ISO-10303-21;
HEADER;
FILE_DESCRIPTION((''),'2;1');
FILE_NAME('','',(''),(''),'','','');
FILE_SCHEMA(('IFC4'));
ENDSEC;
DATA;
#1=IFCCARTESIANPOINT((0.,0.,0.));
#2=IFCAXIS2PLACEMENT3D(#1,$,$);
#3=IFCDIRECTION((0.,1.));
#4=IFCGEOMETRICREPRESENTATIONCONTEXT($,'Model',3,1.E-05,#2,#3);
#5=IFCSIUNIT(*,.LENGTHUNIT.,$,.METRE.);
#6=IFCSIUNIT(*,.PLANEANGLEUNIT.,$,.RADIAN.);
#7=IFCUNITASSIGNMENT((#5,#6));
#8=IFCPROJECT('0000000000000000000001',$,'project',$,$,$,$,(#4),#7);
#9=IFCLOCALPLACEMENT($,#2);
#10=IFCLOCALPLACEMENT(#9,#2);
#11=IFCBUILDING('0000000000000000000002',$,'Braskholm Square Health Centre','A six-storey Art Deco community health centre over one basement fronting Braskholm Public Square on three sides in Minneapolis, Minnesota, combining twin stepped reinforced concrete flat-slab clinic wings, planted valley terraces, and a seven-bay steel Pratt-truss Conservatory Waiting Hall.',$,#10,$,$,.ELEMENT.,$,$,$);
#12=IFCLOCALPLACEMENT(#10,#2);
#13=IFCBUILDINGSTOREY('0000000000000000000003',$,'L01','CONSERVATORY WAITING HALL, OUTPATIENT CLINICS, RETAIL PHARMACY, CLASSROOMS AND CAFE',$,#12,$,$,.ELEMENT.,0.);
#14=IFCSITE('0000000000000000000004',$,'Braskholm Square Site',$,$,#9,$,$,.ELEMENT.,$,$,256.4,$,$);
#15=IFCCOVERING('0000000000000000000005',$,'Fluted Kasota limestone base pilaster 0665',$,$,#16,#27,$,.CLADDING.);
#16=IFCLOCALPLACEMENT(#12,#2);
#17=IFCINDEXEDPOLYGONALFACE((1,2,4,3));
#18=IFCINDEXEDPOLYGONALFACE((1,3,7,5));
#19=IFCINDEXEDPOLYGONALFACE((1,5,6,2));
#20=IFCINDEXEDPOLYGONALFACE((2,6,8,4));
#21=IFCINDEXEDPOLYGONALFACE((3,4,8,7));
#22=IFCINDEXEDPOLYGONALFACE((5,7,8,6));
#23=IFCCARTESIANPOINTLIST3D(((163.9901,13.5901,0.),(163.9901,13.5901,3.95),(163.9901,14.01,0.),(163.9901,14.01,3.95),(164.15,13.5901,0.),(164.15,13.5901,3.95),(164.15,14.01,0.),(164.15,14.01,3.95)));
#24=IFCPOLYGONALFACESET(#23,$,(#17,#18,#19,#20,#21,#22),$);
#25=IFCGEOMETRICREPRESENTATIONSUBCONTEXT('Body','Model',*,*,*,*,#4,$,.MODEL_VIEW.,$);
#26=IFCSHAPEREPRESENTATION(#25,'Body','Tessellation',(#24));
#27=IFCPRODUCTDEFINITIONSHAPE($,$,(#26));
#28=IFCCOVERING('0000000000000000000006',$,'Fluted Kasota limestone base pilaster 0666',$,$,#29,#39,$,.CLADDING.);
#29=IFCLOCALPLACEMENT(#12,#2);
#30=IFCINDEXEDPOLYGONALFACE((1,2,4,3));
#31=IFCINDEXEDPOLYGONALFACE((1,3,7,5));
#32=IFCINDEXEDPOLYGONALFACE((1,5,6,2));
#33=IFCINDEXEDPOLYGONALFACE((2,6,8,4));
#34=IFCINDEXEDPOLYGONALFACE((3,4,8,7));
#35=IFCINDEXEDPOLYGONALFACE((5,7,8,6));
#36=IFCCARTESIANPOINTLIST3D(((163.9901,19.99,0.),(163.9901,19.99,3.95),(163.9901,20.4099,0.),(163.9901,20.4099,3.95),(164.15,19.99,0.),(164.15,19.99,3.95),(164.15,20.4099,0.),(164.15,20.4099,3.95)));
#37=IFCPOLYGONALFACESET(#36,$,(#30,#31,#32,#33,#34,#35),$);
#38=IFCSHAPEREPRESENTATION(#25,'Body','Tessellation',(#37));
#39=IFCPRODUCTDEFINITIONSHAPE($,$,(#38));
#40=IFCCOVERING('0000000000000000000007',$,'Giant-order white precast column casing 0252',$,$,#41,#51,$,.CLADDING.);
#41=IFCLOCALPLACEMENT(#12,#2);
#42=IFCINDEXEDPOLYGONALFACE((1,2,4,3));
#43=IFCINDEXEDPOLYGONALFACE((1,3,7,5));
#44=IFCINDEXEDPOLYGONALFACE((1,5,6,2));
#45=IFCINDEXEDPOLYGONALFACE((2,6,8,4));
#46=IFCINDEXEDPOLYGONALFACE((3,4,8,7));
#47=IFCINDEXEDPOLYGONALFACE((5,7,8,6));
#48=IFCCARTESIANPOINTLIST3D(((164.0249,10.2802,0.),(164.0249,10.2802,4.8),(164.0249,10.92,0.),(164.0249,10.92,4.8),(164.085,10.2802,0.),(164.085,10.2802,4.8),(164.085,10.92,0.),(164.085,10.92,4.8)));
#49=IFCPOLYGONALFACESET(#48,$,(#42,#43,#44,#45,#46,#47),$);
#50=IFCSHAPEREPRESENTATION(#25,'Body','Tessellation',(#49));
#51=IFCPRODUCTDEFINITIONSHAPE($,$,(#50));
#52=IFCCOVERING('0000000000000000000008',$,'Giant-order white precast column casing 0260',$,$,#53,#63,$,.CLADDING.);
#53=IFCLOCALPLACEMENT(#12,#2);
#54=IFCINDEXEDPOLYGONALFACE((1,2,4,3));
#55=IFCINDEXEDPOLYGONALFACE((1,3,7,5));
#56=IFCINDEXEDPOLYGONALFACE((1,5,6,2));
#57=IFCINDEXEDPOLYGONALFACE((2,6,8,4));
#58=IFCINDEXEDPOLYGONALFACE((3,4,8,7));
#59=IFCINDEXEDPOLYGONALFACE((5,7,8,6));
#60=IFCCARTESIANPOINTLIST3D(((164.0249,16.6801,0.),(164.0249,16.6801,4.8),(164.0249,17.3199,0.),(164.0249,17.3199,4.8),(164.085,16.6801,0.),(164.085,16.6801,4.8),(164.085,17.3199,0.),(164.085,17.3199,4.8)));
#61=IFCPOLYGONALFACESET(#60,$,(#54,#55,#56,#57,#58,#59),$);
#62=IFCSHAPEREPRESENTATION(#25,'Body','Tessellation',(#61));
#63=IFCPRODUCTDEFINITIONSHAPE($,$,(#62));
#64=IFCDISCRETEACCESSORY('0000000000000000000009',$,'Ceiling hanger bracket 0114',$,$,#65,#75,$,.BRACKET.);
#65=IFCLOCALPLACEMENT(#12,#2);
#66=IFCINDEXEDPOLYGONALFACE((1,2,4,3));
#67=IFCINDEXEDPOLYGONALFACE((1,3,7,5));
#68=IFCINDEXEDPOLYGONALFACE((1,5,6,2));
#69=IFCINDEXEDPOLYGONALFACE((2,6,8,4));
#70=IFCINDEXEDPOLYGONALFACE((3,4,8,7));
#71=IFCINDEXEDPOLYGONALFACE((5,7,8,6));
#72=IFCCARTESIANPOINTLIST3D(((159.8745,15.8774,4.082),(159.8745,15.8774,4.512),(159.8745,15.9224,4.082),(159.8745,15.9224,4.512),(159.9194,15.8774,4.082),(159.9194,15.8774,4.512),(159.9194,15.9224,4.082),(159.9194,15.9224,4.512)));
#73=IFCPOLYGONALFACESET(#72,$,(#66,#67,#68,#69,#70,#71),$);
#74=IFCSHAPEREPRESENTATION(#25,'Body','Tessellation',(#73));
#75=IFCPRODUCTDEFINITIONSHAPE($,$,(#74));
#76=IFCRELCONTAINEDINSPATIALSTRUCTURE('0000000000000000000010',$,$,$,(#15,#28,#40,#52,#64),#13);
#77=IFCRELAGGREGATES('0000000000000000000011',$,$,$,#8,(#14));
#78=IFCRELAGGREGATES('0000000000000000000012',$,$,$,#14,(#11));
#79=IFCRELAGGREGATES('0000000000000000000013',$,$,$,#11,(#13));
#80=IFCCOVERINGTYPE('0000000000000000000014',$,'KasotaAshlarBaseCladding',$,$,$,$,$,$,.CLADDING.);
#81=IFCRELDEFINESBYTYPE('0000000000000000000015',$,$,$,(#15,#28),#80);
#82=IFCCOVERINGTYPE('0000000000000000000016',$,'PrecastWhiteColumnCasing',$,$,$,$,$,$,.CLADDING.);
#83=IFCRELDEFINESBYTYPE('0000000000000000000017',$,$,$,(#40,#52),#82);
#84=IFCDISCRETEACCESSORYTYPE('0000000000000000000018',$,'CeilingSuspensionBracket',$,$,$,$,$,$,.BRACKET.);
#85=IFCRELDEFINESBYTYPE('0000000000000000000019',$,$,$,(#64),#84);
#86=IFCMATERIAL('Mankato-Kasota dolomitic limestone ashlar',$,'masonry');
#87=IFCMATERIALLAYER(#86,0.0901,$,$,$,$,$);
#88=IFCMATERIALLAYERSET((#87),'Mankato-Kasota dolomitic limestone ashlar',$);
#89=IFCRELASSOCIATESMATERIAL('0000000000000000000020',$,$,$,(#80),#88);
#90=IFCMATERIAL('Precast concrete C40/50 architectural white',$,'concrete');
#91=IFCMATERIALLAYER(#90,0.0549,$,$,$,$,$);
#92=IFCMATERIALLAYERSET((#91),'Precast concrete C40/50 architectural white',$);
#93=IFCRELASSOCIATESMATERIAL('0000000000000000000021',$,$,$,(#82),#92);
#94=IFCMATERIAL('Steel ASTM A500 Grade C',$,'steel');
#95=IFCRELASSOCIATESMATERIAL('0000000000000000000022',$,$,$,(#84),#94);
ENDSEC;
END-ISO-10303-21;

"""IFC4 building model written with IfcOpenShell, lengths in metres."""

from ifc_helpers import new_model, si_unit, direction, frame, origin, origin_2d, place, context, subcontext, project, spatial, rectangle, extrude, material, layer, layer_set, type_object, element, save


model = new_model("IFC4")

# Units and contexts
model_context = context("Model", 3, precision=1e-05, world=origin(), true_north=direction((0.0, 1.0)))
body_context = subcontext(model_context, "Body", "Model", "MODEL_VIEW")
ifc_project = project(units=[si_unit("LENGTHUNIT", "METRE"), si_unit("PLANEANGLEUNIT", "RADIAN")], contexts=[model_context])

# Site, building, storey
site_placement = place(None, origin())
site = spatial("IfcSite", under=ifc_project, at=site_placement, Name="Braskholm Square Site", CompositionType="ELEMENT", RefElevation=256.4)
building_placement = place(site_placement, origin())
building = spatial("IfcBuilding", under=site, at=building_placement, Name="Braskholm Square Health Centre", Description="A six-storey Art Deco community health centre over one basement fronting Braskholm Public Square on three sides in Minneapolis, Minnesota, combining twin stepped reinforced concrete flat-slab clinic wings, planted valley terraces, and a seven-bay steel Pratt-truss Conservatory Waiting Hall.", CompositionType="ELEMENT")
storey_placement = place(building_placement, origin())
storey = spatial("IfcBuildingStorey", under=building, at=storey_placement, Name="L01", Description="CONSERVATORY WAITING HALL, OUTPATIENT CLINICS, RETAIL PHARMACY, CLASSROOMS AND CAFE", CompositionType="ELEMENT", Elevation=0.0)

# Shared definitions
ifc_material_1 = material(Name="Precast concrete C40/50 architectural white", Category="concrete")

# Shared definitions
ifc_material_2 = material(Name="Mankato-Kasota dolomitic limestone ashlar", Category="masonry")

# Coverings
ifc_layer_1 = layer(ifc_material_2, 0.0901)
ifc_layer_set_1 = layer_set([ifc_layer_1], Name="Mankato-Kasota dolomitic limestone ashlar")
covering_type_1 = type_object("IfcCoveringType", Name="KasotaAshlarBaseCladding", PredefinedType="CLADDING", material=ifc_layer_set_1)
for number, where, z_axis, x_axis, name in (
    (1, (164.0701, 13.8, 0.0), (0.0, 0.0, 1.0), (1.0, 0.0, 0.0), "Fluted Kasota limestone base pilaster 0665"),
    (2, (164.0701, 20.2, 0.0), (0.0, 0.0, 1.0), (1.0, 0.0, 0.0), "Fluted Kasota limestone base pilaster 0666"),
):
    element("IfcCovering", number, at=place(storey_placement, frame(where, z_axis=z_axis, x_axis=x_axis)), inside=storey, type_object=covering_type_1, Name=name, PredefinedType="CLADDING", context=body_context, shape_type="SweptSolid", body=[
        extrude(rectangle(XDim=0.1599, YDim=0.4199, at=origin_2d()), origin(), (0.0, 0.0, 1.0), 3.95),
    ])
ifc_layer_2 = layer(ifc_material_1, 0.0549)
ifc_layer_set_2 = layer_set([ifc_layer_2], Name="Precast concrete C40/50 architectural white")
covering_type_2 = type_object("IfcCoveringType", Name="PrecastWhiteColumnCasing", PredefinedType="CLADDING", material=ifc_layer_set_2)
for number, where, z_axis, x_axis, name in (
    (3, (164.0549, 10.6001, 0.0), (0.0, 0.0, 1.0), (1.0, 0.0, 0.0), "Giant-order white precast column casing 0252"),
    (4, (164.0549, 17.0, 0.0), (0.0, 0.0, 1.0), (1.0, 0.0, 0.0), "Giant-order white precast column casing 0260"),
):
    element("IfcCovering", number, at=place(storey_placement, frame(where, z_axis=z_axis, x_axis=x_axis)), inside=storey, type_object=covering_type_2, Name=name, PredefinedType="CLADDING", context=body_context, shape_type="SweptSolid", body=[
        extrude(rectangle(XDim=0.0601, YDim=0.6399, at=origin_2d()), origin(), (0.0, 0.0, 1.0), 4.8),
    ])

# Discrete accessory
ifc_material_3 = material(Name="Steel ASTM A500 Grade C", Category="steel")
discrete_accessory_type = type_object("IfcDiscreteAccessoryType", Name="CeilingSuspensionBracket", PredefinedType="BRACKET", material=ifc_material_3)
discrete_accessory_placement = place(storey_placement, frame((159.897, 15.8999, 4.082), z_axis=(0.0, 0.0, 1.0), x_axis=(1.0, 0.0, 0.0)))
element("IfcDiscreteAccessory", 5, at=discrete_accessory_placement, inside=storey, type_object=discrete_accessory_type, Name="Ceiling hanger bracket 0114", PredefinedType="BRACKET", context=body_context, shape_type="SweptSolid", body=[
    extrude(rectangle(XDim=0.0449, YDim=0.0449, at=origin_2d()), origin(), (0.0, 0.0, 1.0), 0.4299),
])

save(model, "model.ifc")
